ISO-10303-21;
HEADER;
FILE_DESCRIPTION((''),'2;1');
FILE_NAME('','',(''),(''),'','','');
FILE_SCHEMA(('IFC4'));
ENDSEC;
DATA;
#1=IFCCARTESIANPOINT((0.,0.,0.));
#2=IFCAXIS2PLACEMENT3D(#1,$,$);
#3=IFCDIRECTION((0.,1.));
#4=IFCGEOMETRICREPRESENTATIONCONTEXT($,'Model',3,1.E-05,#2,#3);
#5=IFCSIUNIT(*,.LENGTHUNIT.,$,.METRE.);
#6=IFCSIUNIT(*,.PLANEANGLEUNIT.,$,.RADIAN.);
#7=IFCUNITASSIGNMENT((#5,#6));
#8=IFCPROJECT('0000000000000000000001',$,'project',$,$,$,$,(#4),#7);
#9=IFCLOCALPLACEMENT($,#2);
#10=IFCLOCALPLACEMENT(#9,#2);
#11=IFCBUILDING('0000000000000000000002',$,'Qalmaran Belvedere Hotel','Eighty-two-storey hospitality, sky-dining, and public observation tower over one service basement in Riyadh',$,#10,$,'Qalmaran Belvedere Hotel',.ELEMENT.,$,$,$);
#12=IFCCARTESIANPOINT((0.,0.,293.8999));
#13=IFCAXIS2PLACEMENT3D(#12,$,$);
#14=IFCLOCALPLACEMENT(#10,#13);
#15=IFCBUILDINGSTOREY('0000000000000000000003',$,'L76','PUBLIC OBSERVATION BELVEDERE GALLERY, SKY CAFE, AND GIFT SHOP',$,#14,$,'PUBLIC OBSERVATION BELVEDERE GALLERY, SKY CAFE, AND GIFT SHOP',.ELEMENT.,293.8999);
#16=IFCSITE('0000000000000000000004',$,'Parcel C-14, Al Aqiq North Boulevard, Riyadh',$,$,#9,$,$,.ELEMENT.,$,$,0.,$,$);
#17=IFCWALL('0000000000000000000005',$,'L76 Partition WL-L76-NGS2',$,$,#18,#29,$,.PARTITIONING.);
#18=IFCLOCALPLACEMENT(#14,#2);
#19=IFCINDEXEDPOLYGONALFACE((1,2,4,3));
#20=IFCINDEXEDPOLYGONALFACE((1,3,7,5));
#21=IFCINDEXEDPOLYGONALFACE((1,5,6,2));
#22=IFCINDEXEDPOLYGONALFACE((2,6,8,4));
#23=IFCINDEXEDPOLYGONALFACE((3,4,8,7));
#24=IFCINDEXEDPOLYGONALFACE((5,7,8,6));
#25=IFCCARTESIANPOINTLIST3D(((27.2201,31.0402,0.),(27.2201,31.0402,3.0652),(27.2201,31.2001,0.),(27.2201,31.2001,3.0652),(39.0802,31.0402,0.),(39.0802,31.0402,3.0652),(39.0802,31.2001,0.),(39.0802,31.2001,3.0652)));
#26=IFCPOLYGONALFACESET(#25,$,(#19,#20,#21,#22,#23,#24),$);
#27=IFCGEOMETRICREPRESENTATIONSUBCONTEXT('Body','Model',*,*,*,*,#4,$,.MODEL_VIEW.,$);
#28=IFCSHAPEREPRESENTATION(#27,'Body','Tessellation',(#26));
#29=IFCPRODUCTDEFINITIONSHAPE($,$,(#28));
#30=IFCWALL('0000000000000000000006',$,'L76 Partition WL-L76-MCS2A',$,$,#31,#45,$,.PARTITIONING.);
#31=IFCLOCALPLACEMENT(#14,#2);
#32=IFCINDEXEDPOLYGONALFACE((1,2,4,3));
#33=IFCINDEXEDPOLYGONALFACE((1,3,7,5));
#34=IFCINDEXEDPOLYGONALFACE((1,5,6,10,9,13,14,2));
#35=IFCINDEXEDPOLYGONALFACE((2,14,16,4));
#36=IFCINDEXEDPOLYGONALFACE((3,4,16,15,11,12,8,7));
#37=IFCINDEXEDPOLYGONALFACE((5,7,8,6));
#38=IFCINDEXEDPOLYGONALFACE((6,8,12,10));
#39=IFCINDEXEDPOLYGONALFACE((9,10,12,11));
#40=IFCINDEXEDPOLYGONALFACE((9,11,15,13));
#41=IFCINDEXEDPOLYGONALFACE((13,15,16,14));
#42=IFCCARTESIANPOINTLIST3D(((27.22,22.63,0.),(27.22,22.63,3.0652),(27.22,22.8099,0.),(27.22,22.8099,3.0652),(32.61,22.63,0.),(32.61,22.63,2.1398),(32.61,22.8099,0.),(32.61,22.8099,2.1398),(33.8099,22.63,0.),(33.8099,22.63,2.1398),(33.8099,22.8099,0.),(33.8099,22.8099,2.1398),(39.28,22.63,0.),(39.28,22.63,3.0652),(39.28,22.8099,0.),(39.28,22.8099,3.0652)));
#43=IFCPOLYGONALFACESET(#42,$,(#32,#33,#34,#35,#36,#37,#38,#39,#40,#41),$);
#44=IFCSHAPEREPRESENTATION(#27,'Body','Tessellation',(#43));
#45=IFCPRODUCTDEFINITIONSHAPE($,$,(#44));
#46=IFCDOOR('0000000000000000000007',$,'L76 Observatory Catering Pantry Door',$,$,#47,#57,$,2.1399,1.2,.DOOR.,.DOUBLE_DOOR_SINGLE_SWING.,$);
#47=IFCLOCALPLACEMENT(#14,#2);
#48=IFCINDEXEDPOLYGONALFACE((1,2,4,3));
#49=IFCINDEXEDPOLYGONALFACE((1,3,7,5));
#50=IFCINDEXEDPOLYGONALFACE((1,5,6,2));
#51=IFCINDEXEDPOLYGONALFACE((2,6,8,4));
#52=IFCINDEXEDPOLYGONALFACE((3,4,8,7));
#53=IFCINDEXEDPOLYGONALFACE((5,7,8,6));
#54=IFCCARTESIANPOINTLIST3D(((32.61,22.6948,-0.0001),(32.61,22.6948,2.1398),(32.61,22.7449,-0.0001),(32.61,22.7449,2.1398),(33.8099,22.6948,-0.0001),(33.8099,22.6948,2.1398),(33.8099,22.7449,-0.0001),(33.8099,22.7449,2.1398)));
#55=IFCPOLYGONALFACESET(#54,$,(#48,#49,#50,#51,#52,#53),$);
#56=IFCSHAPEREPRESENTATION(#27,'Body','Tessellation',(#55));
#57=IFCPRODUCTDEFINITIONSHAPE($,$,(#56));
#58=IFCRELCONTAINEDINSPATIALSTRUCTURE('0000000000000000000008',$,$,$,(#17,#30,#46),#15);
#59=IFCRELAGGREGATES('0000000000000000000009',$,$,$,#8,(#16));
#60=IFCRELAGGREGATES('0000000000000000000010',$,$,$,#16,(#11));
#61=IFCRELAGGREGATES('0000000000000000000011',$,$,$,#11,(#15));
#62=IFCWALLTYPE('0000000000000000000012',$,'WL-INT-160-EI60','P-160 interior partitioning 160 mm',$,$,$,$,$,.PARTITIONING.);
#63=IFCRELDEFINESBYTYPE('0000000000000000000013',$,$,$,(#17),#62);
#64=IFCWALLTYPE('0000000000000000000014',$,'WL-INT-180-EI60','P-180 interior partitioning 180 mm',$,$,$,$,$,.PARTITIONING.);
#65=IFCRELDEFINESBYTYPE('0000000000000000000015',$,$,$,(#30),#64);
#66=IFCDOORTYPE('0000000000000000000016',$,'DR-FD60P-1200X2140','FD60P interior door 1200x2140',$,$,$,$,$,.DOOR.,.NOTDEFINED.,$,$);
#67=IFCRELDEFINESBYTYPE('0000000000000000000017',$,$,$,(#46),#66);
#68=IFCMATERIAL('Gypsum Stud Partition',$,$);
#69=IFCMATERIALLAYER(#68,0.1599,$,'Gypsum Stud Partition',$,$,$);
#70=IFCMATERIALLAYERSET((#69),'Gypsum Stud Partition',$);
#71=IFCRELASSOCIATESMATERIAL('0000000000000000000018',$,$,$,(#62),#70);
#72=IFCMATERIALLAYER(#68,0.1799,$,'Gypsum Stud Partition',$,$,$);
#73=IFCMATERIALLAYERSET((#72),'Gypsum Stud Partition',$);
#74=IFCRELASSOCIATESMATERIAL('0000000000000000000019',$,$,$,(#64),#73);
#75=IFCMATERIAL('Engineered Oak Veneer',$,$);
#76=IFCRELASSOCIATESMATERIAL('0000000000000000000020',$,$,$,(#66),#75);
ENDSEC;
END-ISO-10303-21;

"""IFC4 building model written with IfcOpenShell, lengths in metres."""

from ifc_helpers import new_model, si_unit, direction, frame, frame_2d, origin, place, context, subcontext, project, spatial, rectangle, extrude, material, layer, layer_set, type_object, element, fill, save


model = new_model("IFC4")

# Units and contexts
model_context = context("Model", 3, precision=1e-05, world=origin(), true_north=direction((0.0, 1.0)))
body_context = subcontext(model_context, "Body", "Model", "MODEL_VIEW")
ifc_project = project(units=[si_unit("LENGTHUNIT", "METRE"), si_unit("PLANEANGLEUNIT", "RADIAN")], contexts=[model_context])

# Site, building, storey
site_placement = place(None, origin())
site = spatial("IfcSite", under=ifc_project, at=site_placement, Name="Parcel C-14, Al Aqiq North Boulevard, Riyadh", CompositionType="ELEMENT", RefElevation=0.0)
building_placement = place(site_placement, origin())
building = spatial("IfcBuilding", under=site, at=building_placement, Name="Qalmaran Belvedere Hotel", Description="Eighty-two-storey hospitality, sky-dining, and public observation tower over one service basement in Riyadh", LongName="Qalmaran Belvedere Hotel", CompositionType="ELEMENT")
storey_placement = place(building_placement, frame((0.0, 0.0, 293.8999)))
storey = spatial("IfcBuildingStorey", under=building, at=storey_placement, Name="L76", Description="PUBLIC OBSERVATION BELVEDERE GALLERY, SKY CAFE, AND GIFT SHOP", LongName="PUBLIC OBSERVATION BELVEDERE GALLERY, SKY CAFE, AND GIFT SHOP", CompositionType="ELEMENT", Elevation=293.8999)

# Shared definitions
ifc_material_1 = material(Name="Gypsum Stud Partition")
ifc_layer_1 = layer(ifc_material_1, 0.1599, Name="Gypsum Stud Partition")
ifc_layer_set_1 = layer_set([ifc_layer_1], Name="Gypsum Stud Partition")
wall_type_1 = type_object("IfcWallType", Name="WL-INT-160-EI60", Description="P-160 interior partitioning 160 mm", PredefinedType="PARTITIONING", material=ifc_layer_set_1)

# Wall
wall_1_placement = place(storey_placement, frame((27.22, 31.1201, 0.0), z_axis=(0.0, 0.0, 1.0), x_axis=(1.0, 0.0, 0.0)))
element("IfcWall", 1, at=wall_1_placement, inside=storey, type_object=wall_type_1, Name="L76 Partition WL-L76-NGS2", PredefinedType="PARTITIONING", context=body_context, shape_type="SweptSolid", body=[
    extrude(rectangle(XDim=11.8601, YDim=0.1599, at=frame_2d((5.9302, 0.0))), origin(), (0.0, 0.0, 1.0), 3.0652),
])

# Wall, opening, door
ifc_layer_2 = layer(ifc_material_1, 0.1799, Name="Gypsum Stud Partition")
ifc_layer_set_2 = layer_set([ifc_layer_2], Name="Gypsum Stud Partition")
wall_type_2 = type_object("IfcWallType", Name="WL-INT-180-EI60", Description="P-180 interior partitioning 180 mm", PredefinedType="PARTITIONING", material=ifc_layer_set_2)
wall_2_placement = place(storey_placement, frame((27.22, 22.72, 0.0), z_axis=(0.0, 0.0, 1.0), x_axis=(1.0, 0.0, 0.0)))
wall_2 = element("IfcWall", 2, at=wall_2_placement, inside=storey, type_object=wall_type_2, Name="L76 Partition WL-L76-MCS2A", PredefinedType="PARTITIONING", context=body_context, shape_type="SweptSolid", body=[
    extrude(rectangle(XDim=12.0601, YDim=0.1799, at=frame_2d((6.03, 0.0))), origin(), (0.0, 0.0, 1.0), 3.0652),
])
opening_1_placement = place(wall_2_placement, frame((5.3899, 0.0, 0.0)))
opening_1 = element("IfcOpeningElement", 3, at=opening_1_placement, cuts=wall_2, PredefinedType="OPENING", context=body_context, shape_type="SweptSolid", body=[
    extrude(rectangle(XDim=1.2, YDim=2.1399, at=frame_2d((0.6001, 1.0698))), frame((0.0, 0.1001, 0.0), z_axis=(0.0, -1.0, 0.0), x_axis=(1.0, 0.0, 0.0)), (0.0, 0.0, 1.0), 0.2),
])
ifc_material_2 = material(Name="Engineered Oak Veneer")
door_type_1 = type_object("IfcDoorType", Name="DR-FD60P-1200X2140", Description="FD60P interior door 1200x2140", OperationType="NOTDEFINED", PredefinedType="DOOR", material=ifc_material_2)
door_1_placement = place(opening_1_placement, origin())
door_1 = element("IfcDoor", 4, at=door_1_placement, inside=storey, type_object=door_type_1, Name="L76 Observatory Catering Pantry Door", OperationType="DOUBLE_DOOR_SINGLE_SWING", OverallHeight=2.1399, OverallWidth=1.2, PredefinedType="DOOR", context=body_context, shape_type="SweptSolid", body=[
    extrude(rectangle(XDim=1.2, YDim=2.1399, at=frame_2d((0.6001, 1.0698))), frame((0.0, 0.0249, 0.0), z_axis=(0.0, -1.0, 0.0), x_axis=(1.0, 0.0, 0.0)), (0.0, 0.0, 1.0), 0.05),
])
fill(opening_1, door_1)

save(model, "model.ifc")
